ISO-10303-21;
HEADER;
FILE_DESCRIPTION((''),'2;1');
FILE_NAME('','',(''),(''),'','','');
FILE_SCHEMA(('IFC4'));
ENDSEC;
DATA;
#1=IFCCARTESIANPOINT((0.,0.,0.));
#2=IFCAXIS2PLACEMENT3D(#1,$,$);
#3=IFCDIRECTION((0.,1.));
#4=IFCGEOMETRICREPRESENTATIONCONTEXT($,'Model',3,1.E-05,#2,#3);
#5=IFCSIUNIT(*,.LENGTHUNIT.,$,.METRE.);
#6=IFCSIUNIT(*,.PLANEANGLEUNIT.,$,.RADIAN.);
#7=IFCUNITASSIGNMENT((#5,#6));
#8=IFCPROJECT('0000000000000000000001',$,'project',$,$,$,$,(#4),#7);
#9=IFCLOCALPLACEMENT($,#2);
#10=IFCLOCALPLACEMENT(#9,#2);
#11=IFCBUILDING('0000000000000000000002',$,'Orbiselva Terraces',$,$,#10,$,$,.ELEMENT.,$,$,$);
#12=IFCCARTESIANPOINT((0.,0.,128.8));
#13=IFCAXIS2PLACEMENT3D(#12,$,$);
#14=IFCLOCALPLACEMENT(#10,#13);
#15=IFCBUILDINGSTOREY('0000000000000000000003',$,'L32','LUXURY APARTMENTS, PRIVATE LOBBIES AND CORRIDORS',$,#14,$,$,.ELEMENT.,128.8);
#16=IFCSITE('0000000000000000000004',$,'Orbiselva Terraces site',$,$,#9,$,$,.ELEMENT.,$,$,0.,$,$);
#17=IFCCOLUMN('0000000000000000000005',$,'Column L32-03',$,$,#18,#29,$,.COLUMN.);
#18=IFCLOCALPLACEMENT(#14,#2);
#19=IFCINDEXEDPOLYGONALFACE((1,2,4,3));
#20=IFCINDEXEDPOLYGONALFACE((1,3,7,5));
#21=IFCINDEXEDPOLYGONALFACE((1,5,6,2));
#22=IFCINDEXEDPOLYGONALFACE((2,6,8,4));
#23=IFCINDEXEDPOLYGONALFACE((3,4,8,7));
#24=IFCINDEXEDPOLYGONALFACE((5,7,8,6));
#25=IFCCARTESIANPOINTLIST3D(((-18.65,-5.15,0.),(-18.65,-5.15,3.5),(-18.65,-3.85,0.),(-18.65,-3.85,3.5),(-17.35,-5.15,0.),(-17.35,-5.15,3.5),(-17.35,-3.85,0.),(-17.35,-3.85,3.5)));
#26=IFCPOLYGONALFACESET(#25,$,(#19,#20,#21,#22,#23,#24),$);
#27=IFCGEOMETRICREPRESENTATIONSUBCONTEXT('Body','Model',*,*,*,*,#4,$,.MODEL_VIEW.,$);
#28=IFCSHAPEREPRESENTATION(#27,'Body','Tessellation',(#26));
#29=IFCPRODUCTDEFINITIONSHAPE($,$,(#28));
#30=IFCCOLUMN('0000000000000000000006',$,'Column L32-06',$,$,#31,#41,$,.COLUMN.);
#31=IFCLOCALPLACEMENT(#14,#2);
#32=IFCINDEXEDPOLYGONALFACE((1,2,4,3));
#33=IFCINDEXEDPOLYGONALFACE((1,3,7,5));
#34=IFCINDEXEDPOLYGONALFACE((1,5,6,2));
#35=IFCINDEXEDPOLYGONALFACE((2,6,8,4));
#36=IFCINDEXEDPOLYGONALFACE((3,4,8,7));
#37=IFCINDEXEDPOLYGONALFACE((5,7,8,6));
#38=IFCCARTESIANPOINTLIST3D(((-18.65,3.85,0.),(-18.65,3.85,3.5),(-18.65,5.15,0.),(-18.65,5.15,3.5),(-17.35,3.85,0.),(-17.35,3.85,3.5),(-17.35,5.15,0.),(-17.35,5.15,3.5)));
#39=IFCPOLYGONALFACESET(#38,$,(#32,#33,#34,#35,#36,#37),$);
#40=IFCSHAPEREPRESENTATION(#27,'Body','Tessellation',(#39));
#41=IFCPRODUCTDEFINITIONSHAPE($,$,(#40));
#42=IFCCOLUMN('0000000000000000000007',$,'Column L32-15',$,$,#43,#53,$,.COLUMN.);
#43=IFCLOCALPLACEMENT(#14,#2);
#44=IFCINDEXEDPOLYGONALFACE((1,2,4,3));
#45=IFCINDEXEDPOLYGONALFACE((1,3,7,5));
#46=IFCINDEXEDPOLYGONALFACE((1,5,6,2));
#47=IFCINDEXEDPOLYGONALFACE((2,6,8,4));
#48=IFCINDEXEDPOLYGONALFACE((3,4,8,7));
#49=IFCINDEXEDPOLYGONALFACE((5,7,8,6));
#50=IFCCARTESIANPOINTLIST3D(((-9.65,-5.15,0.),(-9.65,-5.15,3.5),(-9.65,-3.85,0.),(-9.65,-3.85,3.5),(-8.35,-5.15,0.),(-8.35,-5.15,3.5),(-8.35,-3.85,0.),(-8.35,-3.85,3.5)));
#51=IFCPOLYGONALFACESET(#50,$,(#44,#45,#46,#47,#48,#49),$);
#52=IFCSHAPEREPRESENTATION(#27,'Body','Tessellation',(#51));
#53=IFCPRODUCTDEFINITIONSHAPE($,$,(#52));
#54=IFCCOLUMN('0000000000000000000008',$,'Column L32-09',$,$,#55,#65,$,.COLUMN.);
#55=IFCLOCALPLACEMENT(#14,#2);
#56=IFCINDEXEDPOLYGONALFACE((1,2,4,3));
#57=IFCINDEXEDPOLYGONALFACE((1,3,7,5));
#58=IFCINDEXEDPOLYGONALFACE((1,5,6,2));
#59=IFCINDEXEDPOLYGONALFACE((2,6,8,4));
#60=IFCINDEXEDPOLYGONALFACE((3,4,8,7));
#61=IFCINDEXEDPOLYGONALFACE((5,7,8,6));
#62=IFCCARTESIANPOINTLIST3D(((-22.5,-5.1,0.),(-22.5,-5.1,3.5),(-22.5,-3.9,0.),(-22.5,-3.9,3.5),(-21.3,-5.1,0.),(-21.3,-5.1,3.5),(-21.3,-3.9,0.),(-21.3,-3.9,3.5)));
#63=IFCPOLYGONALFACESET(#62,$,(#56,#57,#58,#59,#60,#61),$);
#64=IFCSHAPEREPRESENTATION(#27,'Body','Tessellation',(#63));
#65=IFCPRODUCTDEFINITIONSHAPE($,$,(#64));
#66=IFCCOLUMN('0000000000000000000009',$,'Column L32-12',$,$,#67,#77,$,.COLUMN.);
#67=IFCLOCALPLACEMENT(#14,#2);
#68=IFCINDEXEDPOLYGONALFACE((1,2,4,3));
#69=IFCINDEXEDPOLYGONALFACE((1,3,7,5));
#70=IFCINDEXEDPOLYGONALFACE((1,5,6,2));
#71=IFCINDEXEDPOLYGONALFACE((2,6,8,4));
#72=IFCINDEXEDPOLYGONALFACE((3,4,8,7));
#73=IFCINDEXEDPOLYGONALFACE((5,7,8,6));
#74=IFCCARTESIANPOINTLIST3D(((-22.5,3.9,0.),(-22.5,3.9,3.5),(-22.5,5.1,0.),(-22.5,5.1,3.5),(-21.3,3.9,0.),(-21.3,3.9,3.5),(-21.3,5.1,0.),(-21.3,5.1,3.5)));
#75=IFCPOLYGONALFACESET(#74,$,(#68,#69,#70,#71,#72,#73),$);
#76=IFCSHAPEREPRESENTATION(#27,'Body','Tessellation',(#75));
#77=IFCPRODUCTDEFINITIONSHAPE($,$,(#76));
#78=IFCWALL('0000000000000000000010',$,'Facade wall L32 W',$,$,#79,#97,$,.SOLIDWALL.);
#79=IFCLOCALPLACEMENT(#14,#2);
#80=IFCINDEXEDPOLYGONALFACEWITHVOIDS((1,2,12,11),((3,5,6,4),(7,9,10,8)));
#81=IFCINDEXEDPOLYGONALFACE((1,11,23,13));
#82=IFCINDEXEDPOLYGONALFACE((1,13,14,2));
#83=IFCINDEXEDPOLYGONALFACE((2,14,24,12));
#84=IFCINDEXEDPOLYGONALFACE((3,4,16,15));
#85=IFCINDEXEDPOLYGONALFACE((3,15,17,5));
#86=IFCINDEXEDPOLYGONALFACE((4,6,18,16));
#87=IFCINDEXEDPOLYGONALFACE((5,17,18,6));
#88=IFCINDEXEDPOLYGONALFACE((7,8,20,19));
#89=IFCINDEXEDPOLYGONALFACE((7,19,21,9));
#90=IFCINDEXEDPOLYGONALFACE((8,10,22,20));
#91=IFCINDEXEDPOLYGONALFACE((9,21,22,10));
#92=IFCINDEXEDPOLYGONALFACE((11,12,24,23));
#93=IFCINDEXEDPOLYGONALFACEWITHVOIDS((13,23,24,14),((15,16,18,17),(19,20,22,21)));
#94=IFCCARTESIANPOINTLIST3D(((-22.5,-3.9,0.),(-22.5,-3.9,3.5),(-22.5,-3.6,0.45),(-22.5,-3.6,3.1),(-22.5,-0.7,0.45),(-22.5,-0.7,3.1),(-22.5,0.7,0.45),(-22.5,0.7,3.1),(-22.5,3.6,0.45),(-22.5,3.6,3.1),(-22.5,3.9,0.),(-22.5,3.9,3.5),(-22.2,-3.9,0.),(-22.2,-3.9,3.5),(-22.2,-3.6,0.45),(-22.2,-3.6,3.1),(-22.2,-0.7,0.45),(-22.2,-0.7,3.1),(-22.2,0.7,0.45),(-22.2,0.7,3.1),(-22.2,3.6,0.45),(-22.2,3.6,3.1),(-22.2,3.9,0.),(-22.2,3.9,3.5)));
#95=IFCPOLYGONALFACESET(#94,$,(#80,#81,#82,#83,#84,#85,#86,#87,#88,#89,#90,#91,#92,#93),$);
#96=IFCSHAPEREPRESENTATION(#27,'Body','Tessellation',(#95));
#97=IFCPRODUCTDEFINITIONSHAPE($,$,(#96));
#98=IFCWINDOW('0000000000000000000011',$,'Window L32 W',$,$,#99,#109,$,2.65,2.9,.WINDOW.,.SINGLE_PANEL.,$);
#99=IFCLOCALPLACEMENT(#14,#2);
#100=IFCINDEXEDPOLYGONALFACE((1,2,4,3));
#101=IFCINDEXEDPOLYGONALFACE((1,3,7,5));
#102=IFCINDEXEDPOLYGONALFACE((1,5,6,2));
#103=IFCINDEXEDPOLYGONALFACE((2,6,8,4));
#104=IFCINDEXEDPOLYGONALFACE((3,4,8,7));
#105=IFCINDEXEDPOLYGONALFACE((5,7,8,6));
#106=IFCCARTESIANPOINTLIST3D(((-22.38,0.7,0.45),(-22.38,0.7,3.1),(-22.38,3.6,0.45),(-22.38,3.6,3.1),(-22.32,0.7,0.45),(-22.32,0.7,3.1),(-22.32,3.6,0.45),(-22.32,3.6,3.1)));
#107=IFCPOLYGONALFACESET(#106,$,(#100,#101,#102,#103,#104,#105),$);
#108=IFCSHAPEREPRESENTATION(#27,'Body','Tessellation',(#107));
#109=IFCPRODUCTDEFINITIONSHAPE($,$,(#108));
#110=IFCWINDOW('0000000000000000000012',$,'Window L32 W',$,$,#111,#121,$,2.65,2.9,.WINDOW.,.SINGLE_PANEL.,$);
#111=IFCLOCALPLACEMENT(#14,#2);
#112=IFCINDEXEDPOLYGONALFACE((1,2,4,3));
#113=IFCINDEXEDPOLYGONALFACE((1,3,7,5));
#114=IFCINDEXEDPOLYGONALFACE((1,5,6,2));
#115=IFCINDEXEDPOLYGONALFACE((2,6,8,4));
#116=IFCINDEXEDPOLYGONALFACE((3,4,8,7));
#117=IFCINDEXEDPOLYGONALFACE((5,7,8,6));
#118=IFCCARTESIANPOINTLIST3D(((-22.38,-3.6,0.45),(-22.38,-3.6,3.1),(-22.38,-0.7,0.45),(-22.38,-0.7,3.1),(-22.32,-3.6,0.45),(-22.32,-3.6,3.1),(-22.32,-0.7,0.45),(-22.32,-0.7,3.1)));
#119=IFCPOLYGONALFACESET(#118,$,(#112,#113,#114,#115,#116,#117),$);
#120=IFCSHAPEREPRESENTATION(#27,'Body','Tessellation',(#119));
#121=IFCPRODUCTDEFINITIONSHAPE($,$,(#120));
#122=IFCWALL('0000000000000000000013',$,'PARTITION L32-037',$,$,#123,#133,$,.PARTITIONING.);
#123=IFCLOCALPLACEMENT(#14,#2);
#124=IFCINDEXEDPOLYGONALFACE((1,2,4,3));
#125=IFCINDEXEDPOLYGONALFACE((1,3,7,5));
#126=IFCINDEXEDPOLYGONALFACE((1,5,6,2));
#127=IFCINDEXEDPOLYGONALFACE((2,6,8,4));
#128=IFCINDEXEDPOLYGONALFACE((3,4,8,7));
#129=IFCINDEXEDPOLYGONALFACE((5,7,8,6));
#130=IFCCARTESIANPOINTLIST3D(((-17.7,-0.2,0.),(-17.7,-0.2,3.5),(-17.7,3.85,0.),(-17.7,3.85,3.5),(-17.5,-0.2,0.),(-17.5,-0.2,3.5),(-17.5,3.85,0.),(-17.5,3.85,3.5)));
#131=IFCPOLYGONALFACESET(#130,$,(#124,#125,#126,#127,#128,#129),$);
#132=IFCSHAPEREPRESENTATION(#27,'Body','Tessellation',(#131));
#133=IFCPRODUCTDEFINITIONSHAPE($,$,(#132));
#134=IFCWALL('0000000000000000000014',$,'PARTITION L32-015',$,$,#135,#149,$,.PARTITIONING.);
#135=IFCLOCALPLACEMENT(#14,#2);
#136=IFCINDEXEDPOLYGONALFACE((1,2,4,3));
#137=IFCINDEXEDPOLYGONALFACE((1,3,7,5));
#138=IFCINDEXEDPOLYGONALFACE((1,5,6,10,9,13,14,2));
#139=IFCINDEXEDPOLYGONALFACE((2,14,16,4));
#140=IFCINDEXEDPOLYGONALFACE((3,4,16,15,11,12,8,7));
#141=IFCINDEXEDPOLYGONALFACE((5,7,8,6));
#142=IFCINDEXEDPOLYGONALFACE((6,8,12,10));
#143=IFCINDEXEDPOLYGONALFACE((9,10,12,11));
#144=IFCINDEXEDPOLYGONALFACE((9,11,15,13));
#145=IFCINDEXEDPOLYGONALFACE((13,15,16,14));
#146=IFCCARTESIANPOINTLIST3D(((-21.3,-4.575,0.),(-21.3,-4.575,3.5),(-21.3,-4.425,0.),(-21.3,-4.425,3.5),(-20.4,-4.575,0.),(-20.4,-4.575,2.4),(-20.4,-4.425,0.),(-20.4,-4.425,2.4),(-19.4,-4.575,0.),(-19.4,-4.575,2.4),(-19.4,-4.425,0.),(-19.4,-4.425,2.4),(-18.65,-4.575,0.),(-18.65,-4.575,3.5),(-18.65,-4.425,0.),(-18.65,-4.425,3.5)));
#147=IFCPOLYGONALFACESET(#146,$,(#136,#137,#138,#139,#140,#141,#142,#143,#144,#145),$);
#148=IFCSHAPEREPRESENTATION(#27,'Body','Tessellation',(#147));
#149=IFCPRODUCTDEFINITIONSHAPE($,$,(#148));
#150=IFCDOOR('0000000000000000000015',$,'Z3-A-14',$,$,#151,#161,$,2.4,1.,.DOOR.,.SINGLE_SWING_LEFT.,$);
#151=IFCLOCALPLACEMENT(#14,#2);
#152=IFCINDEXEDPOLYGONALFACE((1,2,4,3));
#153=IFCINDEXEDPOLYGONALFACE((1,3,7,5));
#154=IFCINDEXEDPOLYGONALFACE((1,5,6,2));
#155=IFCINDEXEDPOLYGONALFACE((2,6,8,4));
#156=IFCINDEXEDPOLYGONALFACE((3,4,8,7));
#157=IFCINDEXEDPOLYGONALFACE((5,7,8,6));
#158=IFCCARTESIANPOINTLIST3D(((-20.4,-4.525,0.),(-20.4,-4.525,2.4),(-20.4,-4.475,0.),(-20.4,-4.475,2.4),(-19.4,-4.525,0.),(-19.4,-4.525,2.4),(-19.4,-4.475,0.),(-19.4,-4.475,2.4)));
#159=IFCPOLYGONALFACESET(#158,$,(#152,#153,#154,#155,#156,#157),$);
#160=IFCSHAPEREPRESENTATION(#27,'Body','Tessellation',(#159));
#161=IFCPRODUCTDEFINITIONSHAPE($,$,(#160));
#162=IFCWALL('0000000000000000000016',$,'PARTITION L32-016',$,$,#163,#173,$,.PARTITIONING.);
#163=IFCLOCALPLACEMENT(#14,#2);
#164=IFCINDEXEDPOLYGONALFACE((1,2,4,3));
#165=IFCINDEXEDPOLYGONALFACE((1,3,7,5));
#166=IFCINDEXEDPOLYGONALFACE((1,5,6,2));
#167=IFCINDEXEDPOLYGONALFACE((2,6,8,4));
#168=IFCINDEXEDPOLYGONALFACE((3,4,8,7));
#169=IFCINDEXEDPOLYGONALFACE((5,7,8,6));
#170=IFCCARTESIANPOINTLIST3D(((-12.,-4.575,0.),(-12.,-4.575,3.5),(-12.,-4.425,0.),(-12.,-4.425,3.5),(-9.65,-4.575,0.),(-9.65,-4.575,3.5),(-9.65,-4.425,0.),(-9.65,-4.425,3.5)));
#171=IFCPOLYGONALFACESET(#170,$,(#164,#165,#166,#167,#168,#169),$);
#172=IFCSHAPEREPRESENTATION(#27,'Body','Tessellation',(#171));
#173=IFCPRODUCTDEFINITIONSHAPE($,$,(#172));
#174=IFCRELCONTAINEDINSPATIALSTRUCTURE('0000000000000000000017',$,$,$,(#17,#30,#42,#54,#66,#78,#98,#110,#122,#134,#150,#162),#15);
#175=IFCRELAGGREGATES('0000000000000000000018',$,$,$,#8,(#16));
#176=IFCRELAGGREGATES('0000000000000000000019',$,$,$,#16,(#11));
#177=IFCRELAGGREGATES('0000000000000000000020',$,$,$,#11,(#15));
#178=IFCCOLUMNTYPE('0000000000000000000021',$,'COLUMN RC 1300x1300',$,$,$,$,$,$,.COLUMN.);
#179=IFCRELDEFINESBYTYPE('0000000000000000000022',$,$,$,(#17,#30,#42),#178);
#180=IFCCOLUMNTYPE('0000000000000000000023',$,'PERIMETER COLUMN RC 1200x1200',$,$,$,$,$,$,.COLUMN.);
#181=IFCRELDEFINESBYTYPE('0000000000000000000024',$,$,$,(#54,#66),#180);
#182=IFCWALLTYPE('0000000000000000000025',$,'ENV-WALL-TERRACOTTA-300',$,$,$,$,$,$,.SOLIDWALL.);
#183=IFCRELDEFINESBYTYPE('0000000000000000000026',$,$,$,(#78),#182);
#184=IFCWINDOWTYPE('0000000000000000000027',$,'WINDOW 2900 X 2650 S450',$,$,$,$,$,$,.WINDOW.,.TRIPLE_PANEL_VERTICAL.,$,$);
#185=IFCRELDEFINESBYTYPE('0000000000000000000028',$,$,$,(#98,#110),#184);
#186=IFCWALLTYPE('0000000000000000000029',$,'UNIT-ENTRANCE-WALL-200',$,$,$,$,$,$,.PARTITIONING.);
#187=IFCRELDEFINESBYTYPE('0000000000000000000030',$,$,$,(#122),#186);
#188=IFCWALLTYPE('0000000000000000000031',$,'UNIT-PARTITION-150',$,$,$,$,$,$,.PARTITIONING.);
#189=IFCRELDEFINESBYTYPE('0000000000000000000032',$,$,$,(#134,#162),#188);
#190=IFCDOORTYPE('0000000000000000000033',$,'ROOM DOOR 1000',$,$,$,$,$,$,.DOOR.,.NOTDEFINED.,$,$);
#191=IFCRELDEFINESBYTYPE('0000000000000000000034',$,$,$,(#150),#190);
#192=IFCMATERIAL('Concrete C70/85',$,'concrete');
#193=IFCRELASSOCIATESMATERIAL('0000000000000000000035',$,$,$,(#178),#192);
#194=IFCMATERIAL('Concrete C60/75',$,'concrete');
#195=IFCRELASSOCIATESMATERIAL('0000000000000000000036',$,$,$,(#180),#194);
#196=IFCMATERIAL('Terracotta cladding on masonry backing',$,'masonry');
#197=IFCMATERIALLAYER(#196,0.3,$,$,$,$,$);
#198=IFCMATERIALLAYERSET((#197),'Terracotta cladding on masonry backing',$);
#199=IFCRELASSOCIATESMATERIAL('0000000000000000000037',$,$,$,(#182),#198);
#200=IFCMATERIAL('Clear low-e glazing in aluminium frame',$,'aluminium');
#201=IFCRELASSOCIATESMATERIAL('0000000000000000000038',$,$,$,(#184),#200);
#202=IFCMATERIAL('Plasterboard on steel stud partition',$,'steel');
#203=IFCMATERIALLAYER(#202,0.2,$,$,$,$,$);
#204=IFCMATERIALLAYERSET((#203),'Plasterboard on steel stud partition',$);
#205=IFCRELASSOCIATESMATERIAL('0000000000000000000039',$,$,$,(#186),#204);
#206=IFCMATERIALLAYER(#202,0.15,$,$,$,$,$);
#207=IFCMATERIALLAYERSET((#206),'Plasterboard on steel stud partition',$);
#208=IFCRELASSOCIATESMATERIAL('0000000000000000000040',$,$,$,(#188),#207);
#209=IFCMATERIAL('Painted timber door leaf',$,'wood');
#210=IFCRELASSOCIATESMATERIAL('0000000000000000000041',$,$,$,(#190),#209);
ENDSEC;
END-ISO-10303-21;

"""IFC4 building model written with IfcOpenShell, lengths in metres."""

from ifc_helpers import new_model, si_unit, direction, frame, frame_2d, origin, origin_2d, place, context, subcontext, project, spatial, rectangle, extrude, material, layer, layer_set, material_profile, profile_set, type_object, element, fill, save


model = new_model("IFC4")

# Units and contexts
model_context = context("Model", 3, precision=1e-05, world=origin(), true_north=direction((0.0, 1.0)))
body_context = subcontext(model_context, "Body", "Model", "MODEL_VIEW")
ifc_project = project(units=[si_unit("LENGTHUNIT", "METRE"), si_unit("PLANEANGLEUNIT", "RADIAN")], contexts=[model_context])

# Site, building, storey
site_placement = place(None, origin())
site = spatial("IfcSite", under=ifc_project, at=site_placement, Name="Orbiselva Terraces site", CompositionType="ELEMENT", RefElevation=0.0)
building_placement = place(site_placement, origin())
building = spatial("IfcBuilding", under=site, at=building_placement, Name="Orbiselva Terraces", CompositionType="ELEMENT")
storey_placement = place(building_placement, frame((0.0, 0.0, 128.8)))
storey = spatial("IfcBuildingStorey", under=building, at=storey_placement, Name="L32", Description="LUXURY APARTMENTS, PRIVATE LOBBIES AND CORRIDORS", CompositionType="ELEMENT", Elevation=128.8)

# Columns
ifc_material_1 = material(Name="Concrete C70/85", Category="concrete")
ifc_material_profile_1 = material_profile(ifc_material_1, rectangle(XDim=1.3, YDim=1.3, at=origin_2d()), Name="RC 1300x1300")
ifc_profile_set_1 = profile_set([ifc_material_profile_1], Name="Concrete C70/85")
column_type_1 = type_object("IfcColumnType", Name="COLUMN RC 1300x1300", PredefinedType="COLUMN", material=ifc_profile_set_1)
for number, where, z_axis, x_axis, name in (
    (1, (-18.0, -4.5, 0.0), (0.0, 0.0, 1.0), (1.0, 0.0, 0.0), "Column L32-03"),
    (2, (-18.0, 4.5, 0.0), (0.0, 0.0, 1.0), (1.0, 0.0, 0.0), "Column L32-06"),
    (3, (-9.0, -4.5, 0.0), (0.0, 0.0, 1.0), (1.0, 0.0, 0.0), "Column L32-15"),
):
    element("IfcColumn", number, at=place(storey_placement, frame(where, z_axis=z_axis, x_axis=x_axis)), inside=storey, type_object=column_type_1, Name=name, PredefinedType="COLUMN", context=body_context, shape_type="SweptSolid", body=[
        extrude(rectangle(XDim=1.3, YDim=1.3, at=origin_2d()), origin(), (0.0, 0.0, 1.0), 3.5),
    ])
ifc_material_2 = material(Name="Concrete C60/75", Category="concrete")
ifc_material_profile_2 = material_profile(ifc_material_2, rectangle(XDim=1.2, YDim=1.2, at=origin_2d()), Name="RC 1200x1200")
ifc_profile_set_2 = profile_set([ifc_material_profile_2], Name="Concrete C60/75")
column_type_2 = type_object("IfcColumnType", Name="PERIMETER COLUMN RC 1200x1200", PredefinedType="COLUMN", material=ifc_profile_set_2)
for number, where, z_axis, x_axis, name in (
    (4, (-21.9, -4.5, 0.0), (0.0, 0.0, 1.0), (1.0, 0.0, 0.0), "Column L32-09"),
    (5, (-21.9, 4.5, 0.0), (0.0, 0.0, 1.0), (1.0, 0.0, 0.0), "Column L32-12"),
):
    element("IfcColumn", number, at=place(storey_placement, frame(where, z_axis=z_axis, x_axis=x_axis)), inside=storey, type_object=column_type_2, Name=name, PredefinedType="COLUMN", context=body_context, shape_type="SweptSolid", body=[
        extrude(rectangle(XDim=1.2, YDim=1.2, at=origin_2d()), origin(), (0.0, 0.0, 1.0), 3.5),
    ])

# Wall, openings, windows
ifc_material_3 = material(Name="Terracotta cladding on masonry backing", Category="masonry")
ifc_layer_1 = layer(ifc_material_3, 0.3)
ifc_layer_set_1 = layer_set([ifc_layer_1], Name="Terracotta cladding on masonry backing")
wall_type_1 = type_object("IfcWallType", Name="ENV-WALL-TERRACOTTA-300", PredefinedType="SOLIDWALL", material=ifc_layer_set_1)
wall_1_placement = place(storey_placement, frame((-22.35, -3.9, 0.0), z_axis=(0.0, 0.0, 1.0), x_axis=(0.0, 1.0, 0.0)))
wall_1 = element("IfcWall", 6, at=wall_1_placement, inside=storey, type_object=wall_type_1, Name="Facade wall L32 W", PredefinedType="SOLIDWALL", context=body_context, shape_type="SweptSolid", body=[
    extrude(rectangle(XDim=7.8, YDim=0.3, at=frame_2d((3.9, 0.0))), origin(), (0.0, 0.0, 1.0), 3.5),
])
opening_1_placement = place(wall_1_placement, frame((4.6, 0.0, 0.45)))
opening_1 = element("IfcOpeningElement", 7, at=opening_1_placement, cuts=wall_1, PredefinedType="OPENING", context=body_context, shape_type="SweptSolid", body=[
    extrude(rectangle(XDim=2.9, YDim=2.65, at=frame_2d((1.45, 1.325))), frame((0.0, 0.16, 0.0), z_axis=(0.0, -1.0, 0.0), x_axis=(1.0, 0.0, 0.0)), (0.0, 0.0, 1.0), 0.32),
])
opening_2_placement = place(wall_1_placement, frame((0.3, 0.0, 0.45)))
opening_2 = element("IfcOpeningElement", 8, at=opening_2_placement, cuts=wall_1, PredefinedType="OPENING", context=body_context, shape_type="SweptSolid", body=[
    extrude(rectangle(XDim=2.9, YDim=2.65, at=frame_2d((1.45, 1.325))), frame((0.0, 0.16, 0.0), z_axis=(0.0, -1.0, 0.0), x_axis=(1.0, 0.0, 0.0)), (0.0, 0.0, 1.0), 0.32),
])
ifc_material_4 = material(Name="Clear low-e glazing in aluminium frame", Category="aluminium")
window_type = type_object("IfcWindowType", Name="WINDOW 2900 X 2650 S450", PartitioningType="TRIPLE_PANEL_VERTICAL", PredefinedType="WINDOW", material=ifc_material_4)
window_1_placement = place(opening_1_placement, origin())
window_1 = element("IfcWindow", 9, at=window_1_placement, inside=storey, type_object=window_type, Name="Window L32 W", OverallHeight=2.65, OverallWidth=2.9, PartitioningType="SINGLE_PANEL", PredefinedType="WINDOW", context=body_context, shape_type="SweptSolid", body=[
    extrude(rectangle(XDim=2.9, YDim=2.65, at=frame_2d((1.45, 1.325))), frame((0.0, 0.03, 0.0), z_axis=(0.0, -1.0, 0.0), x_axis=(1.0, 0.0, 0.0)), (0.0, 0.0, 1.0), 0.06),
])
fill(opening_1, window_1)
window_2_placement = place(opening_2_placement, origin())
window_2 = element("IfcWindow", 10, at=window_2_placement, inside=storey, type_object=window_type, Name="Window L32 W", OverallHeight=2.65, OverallWidth=2.9, PartitioningType="SINGLE_PANEL", PredefinedType="WINDOW", context=body_context, shape_type="SweptSolid", body=[
    extrude(rectangle(XDim=2.9, YDim=2.65, at=frame_2d((1.45, 1.325))), frame((0.0, 0.03, 0.0), z_axis=(0.0, -1.0, 0.0), x_axis=(1.0, 0.0, 0.0)), (0.0, 0.0, 1.0), 0.06),
])
fill(opening_2, window_2)

# Wall
ifc_material_5 = material(Name="Plasterboard on steel stud partition", Category="steel")
ifc_layer_2 = layer(ifc_material_5, 0.2)
ifc_layer_set_2 = layer_set([ifc_layer_2], Name="Plasterboard on steel stud partition")
wall_type_2 = type_object("IfcWallType", Name="UNIT-ENTRANCE-WALL-200", PredefinedType="PARTITIONING", material=ifc_layer_set_2)
wall_2_placement = place(storey_placement, frame((-17.6, -0.2, 0.0), z_axis=(0.0, 0.0, 1.0), x_axis=(0.0, 1.0, 0.0)))
element("IfcWall", 11, at=wall_2_placement, inside=storey, type_object=wall_type_2, Name="PARTITION L32-037", PredefinedType="PARTITIONING", context=body_context, shape_type="SweptSolid", body=[
    extrude(rectangle(XDim=4.05, YDim=0.2, at=frame_2d((2.025, 0.0))), origin(), (0.0, 0.0, 1.0), 3.5),
])

# Wall, opening, door
ifc_layer_3 = layer(ifc_material_5, 0.15)
ifc_layer_set_3 = layer_set([ifc_layer_3], Name="Plasterboard on steel stud partition")
wall_type_3 = type_object("IfcWallType", Name="UNIT-PARTITION-150", PredefinedType="PARTITIONING", material=ifc_layer_set_3)
wall_3_placement = place(storey_placement, frame((-18.65, -4.5, 0.0), z_axis=(0.0, 0.0, 1.0), x_axis=(-1.0, 0.0, 0.0)))
wall_3 = element("IfcWall", 12, at=wall_3_placement, inside=storey, type_object=wall_type_3, Name="PARTITION L32-015", PredefinedType="PARTITIONING", context=body_context, shape_type="SweptSolid", body=[
    extrude(rectangle(XDim=2.65, YDim=0.15, at=frame_2d((1.325, 0.0))), origin(), (0.0, 0.0, 1.0), 3.5),
])
opening_3_placement = place(wall_3_placement, frame((0.75, 0.0, 0.0)))
opening_3 = element("IfcOpeningElement", 13, at=opening_3_placement, cuts=wall_3, PredefinedType="OPENING", context=body_context, shape_type="SweptSolid", body=[
    extrude(rectangle(XDim=1.0, YDim=2.4, at=frame_2d((0.5, 1.2))), frame((0.0, 0.085, 0.0), z_axis=(0.0, -1.0, 0.0), x_axis=(1.0, 0.0, 0.0)), (0.0, 0.0, 1.0), 0.17),
])
ifc_material_6 = material(Name="Painted timber door leaf", Category="wood")
door_type_1 = type_object("IfcDoorType", Name="ROOM DOOR 1000", OperationType="NOTDEFINED", PredefinedType="DOOR", material=ifc_material_6)
door_1_placement = place(opening_3_placement, origin())
door_1 = element("IfcDoor", 14, at=door_1_placement, inside=storey, type_object=door_type_1, Name="Z3-A-14", OperationType="SINGLE_SWING_LEFT", OverallHeight=2.4, OverallWidth=1.0, PredefinedType="DOOR", context=body_context, shape_type="SweptSolid", body=[
    extrude(rectangle(XDim=1.0, YDim=2.4, at=frame_2d((0.5, 1.2))), frame((0.0, 0.025, 0.0), z_axis=(0.0, -1.0, 0.0), x_axis=(1.0, 0.0, 0.0)), (0.0, 0.0, 1.0), 0.05),
])
fill(opening_3, door_1)

# Wall
wall_4_placement = place(storey_placement, frame((-12.0, -4.5, 0.0), z_axis=(0.0, 0.0, 1.0), x_axis=(1.0, 0.0, 0.0)))
element("IfcWall", 15, at=wall_4_placement, inside=storey, type_object=wall_type_3, Name="PARTITION L32-016", PredefinedType="PARTITIONING", context=body_context, shape_type="SweptSolid", body=[
    extrude(rectangle(XDim=2.35, YDim=0.15, at=frame_2d((1.175, 0.0))), origin(), (0.0, 0.0, 1.0), 3.5),
])

save(model, "model.ifc")
